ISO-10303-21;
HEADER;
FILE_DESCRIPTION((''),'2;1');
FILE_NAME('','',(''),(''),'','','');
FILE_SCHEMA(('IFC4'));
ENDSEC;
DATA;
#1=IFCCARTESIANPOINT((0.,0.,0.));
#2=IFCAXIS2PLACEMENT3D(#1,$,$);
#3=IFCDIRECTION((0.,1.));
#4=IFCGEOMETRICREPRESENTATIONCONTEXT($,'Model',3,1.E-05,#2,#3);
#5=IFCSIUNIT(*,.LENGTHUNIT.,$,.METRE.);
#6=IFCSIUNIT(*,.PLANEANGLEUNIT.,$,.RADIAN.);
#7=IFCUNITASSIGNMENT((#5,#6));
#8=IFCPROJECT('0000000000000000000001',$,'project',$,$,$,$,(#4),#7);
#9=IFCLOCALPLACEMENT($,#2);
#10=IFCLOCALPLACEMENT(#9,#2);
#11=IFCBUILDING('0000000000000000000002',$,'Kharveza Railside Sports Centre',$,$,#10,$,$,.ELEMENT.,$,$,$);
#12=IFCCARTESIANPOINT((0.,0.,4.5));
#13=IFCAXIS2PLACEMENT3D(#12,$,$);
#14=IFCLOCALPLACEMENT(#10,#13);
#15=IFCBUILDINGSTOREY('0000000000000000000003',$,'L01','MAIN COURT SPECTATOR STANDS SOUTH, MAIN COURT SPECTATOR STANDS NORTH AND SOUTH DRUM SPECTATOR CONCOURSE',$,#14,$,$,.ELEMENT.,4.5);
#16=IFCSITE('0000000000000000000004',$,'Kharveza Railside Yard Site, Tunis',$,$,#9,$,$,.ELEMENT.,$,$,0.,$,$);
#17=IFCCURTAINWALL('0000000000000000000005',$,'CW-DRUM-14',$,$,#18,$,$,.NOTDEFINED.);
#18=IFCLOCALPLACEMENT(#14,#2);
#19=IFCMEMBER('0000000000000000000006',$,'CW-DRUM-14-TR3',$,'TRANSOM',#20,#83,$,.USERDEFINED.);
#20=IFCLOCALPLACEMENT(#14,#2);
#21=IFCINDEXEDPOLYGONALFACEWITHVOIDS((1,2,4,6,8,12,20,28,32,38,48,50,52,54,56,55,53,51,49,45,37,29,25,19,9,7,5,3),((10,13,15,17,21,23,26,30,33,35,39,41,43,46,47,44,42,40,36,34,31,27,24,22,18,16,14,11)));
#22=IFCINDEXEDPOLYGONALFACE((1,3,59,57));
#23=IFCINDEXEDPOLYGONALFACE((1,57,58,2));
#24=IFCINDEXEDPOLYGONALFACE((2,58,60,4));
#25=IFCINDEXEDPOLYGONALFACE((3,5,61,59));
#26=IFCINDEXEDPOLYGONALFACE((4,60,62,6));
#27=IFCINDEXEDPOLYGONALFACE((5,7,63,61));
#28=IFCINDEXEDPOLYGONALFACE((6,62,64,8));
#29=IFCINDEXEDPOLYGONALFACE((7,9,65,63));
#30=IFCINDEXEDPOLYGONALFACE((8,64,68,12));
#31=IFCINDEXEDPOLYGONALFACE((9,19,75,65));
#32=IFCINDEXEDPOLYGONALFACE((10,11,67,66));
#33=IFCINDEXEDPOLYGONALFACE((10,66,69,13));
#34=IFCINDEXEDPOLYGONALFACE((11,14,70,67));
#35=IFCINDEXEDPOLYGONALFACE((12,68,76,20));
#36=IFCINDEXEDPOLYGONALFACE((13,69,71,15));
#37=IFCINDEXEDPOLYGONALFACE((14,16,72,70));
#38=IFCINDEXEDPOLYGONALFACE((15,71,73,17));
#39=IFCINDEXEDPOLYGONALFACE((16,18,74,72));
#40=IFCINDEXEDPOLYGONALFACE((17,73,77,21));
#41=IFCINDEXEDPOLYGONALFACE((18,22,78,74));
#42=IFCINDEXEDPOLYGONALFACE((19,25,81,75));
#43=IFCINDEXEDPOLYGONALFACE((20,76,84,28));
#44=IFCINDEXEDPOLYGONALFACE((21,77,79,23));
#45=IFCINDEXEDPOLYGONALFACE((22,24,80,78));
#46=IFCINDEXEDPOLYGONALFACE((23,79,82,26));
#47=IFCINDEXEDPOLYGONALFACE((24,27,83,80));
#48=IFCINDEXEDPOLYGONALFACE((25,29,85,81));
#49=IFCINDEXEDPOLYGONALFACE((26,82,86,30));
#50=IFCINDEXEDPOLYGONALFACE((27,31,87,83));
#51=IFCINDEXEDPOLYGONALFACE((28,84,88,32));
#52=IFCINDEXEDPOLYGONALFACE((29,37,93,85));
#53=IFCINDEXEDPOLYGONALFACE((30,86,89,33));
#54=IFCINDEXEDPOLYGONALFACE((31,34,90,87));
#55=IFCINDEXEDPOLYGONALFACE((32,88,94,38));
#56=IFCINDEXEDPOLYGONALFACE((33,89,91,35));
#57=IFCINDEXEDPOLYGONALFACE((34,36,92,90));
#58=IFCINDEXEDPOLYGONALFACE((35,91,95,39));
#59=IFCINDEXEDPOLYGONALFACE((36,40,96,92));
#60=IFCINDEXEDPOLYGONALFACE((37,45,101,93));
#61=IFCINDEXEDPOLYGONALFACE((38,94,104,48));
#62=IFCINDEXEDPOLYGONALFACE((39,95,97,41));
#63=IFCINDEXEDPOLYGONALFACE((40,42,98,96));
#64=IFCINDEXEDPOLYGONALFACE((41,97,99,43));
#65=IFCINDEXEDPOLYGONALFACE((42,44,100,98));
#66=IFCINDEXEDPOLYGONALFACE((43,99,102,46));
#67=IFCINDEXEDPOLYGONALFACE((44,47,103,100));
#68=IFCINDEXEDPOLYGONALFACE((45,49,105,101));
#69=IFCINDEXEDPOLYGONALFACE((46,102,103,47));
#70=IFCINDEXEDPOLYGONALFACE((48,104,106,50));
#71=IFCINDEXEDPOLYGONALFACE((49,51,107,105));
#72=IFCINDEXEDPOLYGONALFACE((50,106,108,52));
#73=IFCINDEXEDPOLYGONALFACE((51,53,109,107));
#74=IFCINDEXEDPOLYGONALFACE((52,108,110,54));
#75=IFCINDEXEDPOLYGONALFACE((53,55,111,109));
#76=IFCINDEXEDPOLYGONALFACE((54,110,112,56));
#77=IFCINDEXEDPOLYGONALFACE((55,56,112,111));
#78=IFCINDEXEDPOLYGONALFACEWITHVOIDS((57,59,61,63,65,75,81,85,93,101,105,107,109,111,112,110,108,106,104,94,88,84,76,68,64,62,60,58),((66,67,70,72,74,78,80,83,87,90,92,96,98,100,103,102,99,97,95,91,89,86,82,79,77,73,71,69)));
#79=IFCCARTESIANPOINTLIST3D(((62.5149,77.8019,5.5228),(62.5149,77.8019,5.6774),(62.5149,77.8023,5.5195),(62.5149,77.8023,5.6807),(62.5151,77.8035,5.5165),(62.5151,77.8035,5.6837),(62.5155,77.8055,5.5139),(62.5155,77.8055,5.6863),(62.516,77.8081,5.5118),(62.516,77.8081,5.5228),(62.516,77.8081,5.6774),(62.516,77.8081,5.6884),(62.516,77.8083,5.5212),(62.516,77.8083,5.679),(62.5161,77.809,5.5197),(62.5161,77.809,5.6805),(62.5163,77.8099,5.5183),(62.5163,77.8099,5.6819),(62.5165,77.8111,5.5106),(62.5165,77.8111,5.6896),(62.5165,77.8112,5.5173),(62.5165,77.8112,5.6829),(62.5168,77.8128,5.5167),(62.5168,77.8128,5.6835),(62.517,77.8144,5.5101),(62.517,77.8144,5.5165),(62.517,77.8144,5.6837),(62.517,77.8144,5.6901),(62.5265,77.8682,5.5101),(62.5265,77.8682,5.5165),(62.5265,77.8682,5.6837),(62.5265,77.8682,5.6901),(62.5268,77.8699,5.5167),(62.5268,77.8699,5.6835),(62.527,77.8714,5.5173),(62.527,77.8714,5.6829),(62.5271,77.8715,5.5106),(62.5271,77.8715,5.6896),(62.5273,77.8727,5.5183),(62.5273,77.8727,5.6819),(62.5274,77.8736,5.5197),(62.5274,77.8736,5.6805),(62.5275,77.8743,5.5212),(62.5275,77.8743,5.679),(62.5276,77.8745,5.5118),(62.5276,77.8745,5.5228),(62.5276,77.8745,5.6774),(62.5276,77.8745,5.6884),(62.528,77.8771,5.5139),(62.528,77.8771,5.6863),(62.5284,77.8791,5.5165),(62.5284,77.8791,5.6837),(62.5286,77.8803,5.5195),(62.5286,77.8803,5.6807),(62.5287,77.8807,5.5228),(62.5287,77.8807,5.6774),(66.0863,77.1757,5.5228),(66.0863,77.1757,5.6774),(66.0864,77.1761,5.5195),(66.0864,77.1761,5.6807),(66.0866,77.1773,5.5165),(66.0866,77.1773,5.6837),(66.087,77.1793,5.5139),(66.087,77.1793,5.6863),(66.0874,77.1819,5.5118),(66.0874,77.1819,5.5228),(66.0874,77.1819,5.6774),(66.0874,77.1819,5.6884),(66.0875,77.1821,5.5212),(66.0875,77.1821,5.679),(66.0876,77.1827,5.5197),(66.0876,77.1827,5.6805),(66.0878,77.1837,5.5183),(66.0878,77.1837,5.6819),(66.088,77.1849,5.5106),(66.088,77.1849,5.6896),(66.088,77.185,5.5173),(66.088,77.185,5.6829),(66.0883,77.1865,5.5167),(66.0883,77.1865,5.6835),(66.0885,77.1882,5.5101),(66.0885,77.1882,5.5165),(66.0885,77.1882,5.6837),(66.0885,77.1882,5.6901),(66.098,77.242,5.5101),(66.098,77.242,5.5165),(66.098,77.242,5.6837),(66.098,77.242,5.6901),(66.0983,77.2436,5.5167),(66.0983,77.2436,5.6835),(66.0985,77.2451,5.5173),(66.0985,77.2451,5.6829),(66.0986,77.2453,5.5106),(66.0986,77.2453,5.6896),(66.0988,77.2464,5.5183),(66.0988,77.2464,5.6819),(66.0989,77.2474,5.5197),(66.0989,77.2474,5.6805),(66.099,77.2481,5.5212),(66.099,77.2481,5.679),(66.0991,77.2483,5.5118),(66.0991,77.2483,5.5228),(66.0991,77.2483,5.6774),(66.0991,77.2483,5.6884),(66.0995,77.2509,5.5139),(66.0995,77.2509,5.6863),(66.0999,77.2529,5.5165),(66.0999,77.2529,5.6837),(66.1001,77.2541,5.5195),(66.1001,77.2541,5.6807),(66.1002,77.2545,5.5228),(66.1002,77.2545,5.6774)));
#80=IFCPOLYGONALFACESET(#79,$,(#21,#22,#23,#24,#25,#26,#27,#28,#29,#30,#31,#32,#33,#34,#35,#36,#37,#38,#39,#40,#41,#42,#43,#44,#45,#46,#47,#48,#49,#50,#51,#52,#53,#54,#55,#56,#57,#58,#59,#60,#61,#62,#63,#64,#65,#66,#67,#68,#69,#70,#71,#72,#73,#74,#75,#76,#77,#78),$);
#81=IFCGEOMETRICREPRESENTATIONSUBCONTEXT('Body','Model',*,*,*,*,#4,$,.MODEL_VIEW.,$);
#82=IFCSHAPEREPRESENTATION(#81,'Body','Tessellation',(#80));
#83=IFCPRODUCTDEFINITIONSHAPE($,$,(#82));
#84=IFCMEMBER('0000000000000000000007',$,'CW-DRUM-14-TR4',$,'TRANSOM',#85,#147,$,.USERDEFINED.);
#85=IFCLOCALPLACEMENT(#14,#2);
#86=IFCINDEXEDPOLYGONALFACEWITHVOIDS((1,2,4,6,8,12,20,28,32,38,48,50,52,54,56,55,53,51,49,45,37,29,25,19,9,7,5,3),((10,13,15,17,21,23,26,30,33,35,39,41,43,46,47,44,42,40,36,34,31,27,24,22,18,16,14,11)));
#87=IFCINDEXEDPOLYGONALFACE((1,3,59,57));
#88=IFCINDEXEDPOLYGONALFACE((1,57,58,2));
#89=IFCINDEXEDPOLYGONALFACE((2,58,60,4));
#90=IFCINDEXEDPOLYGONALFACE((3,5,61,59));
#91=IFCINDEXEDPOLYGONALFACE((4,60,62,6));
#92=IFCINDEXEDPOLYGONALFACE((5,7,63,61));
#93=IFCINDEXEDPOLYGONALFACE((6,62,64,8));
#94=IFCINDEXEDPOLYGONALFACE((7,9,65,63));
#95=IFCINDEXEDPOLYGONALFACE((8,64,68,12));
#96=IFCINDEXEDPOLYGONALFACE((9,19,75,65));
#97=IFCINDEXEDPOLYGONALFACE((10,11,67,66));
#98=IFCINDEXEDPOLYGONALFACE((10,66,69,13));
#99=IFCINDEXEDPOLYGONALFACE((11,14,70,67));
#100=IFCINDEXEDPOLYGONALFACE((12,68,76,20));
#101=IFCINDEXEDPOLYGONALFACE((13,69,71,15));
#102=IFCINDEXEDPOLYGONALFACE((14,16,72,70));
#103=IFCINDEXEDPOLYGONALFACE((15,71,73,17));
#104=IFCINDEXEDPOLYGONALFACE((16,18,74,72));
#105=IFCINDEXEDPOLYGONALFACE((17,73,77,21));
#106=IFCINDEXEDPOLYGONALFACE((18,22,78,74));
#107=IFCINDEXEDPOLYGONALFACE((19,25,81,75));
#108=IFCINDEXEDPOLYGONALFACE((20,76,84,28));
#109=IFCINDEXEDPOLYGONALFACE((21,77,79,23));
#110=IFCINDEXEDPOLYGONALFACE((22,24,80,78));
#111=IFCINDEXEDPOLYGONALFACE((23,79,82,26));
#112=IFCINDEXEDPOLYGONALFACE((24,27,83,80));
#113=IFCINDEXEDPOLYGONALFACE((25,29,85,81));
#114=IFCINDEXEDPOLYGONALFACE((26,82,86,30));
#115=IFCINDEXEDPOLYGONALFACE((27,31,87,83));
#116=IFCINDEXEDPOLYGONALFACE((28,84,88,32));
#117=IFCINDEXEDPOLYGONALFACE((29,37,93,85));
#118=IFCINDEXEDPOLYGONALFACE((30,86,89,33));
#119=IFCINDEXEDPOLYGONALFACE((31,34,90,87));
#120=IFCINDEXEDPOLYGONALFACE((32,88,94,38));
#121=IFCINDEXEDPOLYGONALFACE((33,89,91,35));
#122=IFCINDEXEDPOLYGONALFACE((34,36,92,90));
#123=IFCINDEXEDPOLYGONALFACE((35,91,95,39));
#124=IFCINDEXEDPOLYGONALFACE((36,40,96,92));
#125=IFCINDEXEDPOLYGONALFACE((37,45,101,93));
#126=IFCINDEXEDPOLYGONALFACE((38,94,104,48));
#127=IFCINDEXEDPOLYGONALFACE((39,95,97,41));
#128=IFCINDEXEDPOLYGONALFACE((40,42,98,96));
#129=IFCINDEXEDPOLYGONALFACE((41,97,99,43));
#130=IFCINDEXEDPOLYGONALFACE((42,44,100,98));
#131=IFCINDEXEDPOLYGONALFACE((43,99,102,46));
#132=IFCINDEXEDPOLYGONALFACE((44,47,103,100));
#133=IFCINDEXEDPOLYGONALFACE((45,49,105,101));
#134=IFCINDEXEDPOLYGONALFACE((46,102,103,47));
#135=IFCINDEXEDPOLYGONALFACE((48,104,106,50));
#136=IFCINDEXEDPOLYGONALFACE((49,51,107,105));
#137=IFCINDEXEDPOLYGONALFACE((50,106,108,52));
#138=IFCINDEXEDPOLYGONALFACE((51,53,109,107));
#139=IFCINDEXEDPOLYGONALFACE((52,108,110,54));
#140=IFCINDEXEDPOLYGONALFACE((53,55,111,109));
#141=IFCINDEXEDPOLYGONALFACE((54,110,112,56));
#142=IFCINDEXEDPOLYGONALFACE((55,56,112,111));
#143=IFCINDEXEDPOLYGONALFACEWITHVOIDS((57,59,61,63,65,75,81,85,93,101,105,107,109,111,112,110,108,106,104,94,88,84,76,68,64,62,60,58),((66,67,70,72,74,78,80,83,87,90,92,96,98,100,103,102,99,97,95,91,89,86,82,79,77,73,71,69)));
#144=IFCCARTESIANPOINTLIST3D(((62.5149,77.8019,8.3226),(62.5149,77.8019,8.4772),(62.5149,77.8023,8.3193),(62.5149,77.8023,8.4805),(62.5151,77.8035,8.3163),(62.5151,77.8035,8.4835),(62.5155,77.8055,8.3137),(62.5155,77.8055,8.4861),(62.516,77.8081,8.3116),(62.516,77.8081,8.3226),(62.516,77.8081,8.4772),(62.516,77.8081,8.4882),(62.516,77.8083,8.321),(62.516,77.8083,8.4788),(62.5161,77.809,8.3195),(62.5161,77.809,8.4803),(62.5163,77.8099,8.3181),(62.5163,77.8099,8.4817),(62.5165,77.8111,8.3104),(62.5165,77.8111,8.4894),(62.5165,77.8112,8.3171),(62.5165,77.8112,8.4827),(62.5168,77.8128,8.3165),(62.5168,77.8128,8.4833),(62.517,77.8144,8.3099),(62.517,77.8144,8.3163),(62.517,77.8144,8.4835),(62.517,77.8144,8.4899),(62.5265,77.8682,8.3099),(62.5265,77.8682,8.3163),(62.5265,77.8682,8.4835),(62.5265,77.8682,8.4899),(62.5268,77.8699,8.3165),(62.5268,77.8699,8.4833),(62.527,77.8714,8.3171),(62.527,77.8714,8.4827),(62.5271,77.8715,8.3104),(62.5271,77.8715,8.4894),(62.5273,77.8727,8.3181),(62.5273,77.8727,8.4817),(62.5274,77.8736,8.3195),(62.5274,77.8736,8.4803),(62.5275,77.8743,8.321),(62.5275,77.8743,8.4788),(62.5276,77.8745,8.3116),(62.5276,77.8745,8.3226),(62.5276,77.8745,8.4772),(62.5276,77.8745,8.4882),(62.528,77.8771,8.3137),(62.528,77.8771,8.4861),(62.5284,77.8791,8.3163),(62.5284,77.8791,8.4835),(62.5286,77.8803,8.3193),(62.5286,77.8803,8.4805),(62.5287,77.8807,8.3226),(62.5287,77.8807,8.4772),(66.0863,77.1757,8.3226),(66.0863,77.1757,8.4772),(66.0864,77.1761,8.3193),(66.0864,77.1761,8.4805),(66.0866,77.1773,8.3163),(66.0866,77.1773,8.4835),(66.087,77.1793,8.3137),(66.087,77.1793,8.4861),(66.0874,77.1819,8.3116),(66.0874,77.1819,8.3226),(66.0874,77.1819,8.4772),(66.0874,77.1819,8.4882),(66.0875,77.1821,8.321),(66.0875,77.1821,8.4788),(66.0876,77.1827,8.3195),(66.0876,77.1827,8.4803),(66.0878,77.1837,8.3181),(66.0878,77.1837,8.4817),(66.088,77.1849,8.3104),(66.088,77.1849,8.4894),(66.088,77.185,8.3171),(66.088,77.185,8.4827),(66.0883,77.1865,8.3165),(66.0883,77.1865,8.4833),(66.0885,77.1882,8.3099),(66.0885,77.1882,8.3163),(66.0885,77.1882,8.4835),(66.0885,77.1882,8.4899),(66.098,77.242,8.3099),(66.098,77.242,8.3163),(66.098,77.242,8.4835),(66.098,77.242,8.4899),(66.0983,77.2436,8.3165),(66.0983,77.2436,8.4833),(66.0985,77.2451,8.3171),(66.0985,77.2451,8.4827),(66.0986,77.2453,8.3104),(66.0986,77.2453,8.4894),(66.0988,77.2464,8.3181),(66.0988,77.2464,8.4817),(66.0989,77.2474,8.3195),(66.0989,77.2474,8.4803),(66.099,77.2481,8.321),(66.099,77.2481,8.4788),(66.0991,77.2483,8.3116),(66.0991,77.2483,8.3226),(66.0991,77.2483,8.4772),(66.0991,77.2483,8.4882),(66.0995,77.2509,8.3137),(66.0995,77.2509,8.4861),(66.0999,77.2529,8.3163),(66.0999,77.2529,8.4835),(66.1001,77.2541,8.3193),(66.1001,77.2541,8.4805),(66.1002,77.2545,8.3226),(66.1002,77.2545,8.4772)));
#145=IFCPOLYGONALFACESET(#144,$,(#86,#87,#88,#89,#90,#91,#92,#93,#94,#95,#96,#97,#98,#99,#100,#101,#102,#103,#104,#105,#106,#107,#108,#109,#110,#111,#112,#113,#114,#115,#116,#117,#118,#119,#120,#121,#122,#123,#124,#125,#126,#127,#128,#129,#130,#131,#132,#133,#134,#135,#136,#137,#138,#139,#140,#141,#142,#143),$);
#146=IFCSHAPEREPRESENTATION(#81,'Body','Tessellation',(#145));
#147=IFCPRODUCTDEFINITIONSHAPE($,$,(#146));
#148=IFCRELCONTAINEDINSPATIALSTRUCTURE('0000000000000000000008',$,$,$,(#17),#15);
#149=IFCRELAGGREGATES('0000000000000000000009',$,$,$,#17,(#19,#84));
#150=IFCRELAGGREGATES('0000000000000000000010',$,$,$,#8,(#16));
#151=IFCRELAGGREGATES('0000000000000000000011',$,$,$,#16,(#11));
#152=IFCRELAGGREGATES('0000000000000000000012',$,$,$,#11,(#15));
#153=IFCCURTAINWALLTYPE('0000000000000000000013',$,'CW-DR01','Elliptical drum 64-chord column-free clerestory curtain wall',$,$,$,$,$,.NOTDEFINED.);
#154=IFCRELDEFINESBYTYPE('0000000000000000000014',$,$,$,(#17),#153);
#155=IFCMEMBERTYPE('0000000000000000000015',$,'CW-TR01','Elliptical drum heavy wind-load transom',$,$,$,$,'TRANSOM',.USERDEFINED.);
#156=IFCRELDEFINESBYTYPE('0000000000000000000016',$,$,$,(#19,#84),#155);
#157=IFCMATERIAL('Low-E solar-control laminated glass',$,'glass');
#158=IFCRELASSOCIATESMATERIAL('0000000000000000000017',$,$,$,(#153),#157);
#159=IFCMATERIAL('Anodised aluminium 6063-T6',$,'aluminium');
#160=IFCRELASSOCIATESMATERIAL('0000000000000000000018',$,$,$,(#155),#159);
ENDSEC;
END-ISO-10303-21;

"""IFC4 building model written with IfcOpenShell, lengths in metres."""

from ifc_helpers import new_model, si_unit, direction, frame, origin, origin_2d, place, context, subcontext, project, spatial, hollow_rectangle, extrude, material, material_profile, profile_set, type_object, element, aggregate, save


model = new_model("IFC4")

# Units and contexts
model_context = context("Model", 3, precision=1e-05, world=origin(), true_north=direction((0.0, 1.0)))
body_context = subcontext(model_context, "Body", "Model", "MODEL_VIEW")
ifc_project = project(units=[si_unit("LENGTHUNIT", "METRE"), si_unit("PLANEANGLEUNIT", "RADIAN")], contexts=[model_context])

# Site, building, storey
site_placement = place(None, origin())
site = spatial("IfcSite", under=ifc_project, at=site_placement, Name="Kharveza Railside Yard Site, Tunis", CompositionType="ELEMENT", RefElevation=0.0)
building_placement = place(site_placement, origin())
building = spatial("IfcBuilding", under=site, at=building_placement, Name="Kharveza Railside Sports Centre", CompositionType="ELEMENT")
storey_placement = place(building_placement, frame((0.0, 0.0, 4.5)))
storey = spatial("IfcBuildingStorey", under=building, at=storey_placement, Name="L01", Description="MAIN COURT SPECTATOR STANDS SOUTH, MAIN COURT SPECTATOR STANDS NORTH AND SOUTH DRUM SPECTATOR CONCOURSE", CompositionType="ELEMENT", Elevation=4.5)

# Curtain wall
ifc_material_1 = material(Name="Low-E solar-control laminated glass", Category="glass")
curtain_wall_type = type_object("IfcCurtainWallType", Name="CW-DR01", Description="Elliptical drum 64-chord column-free clerestory curtain wall", PredefinedType="NOTDEFINED", material=ifc_material_1)
ifc_material_2 = material(Name="Anodised aluminium 6063-T6", Category="aluminium")
curtain_wall_1_placement = place(storey_placement, origin())
curtain_wall_1 = element("IfcCurtainWall", 1, at=curtain_wall_1_placement, inside=storey, type_object=curtain_wall_type, Name="CW-DRUM-14", PredefinedType="NOTDEFINED")

# Members
ifc_material_profile_1 = material_profile(ifc_material_2, hollow_rectangle(XDim=0.0801, YDim=0.1799, WallThickness=0.0063, InnerFilletRadius=0.0063, OuterFilletRadius=0.0127, at=origin_2d()), Name="RHS 80x180x6.3")
ifc_profile_set_1 = profile_set([ifc_material_profile_1], Name="Anodised aluminium 6063-T6")
member_type_1 = type_object("IfcMemberType", Name="CW-TR01", Description="Elliptical drum heavy wind-load transom", ElementType="TRANSOM", PredefinedType="USERDEFINED", material=ifc_profile_set_1)
member_1_placement = place(storey_placement, frame((66.0933, 77.2151, 5.6001), z_axis=(-0.984974, 0.172702, 0.0), x_axis=(-0.172702, -0.984974, 0.0)))
member_1 = element("IfcMember", 2, at=member_1_placement, type_object=member_type_1, Name="CW-DRUM-14-TR3", ObjectType="TRANSOM", PredefinedType="USERDEFINED", context=body_context, shape_type="SweptSolid", body=[
    extrude(hollow_rectangle(XDim=0.0801, YDim=0.1799, WallThickness=0.0063, InnerFilletRadius=0.0063, OuterFilletRadius=0.0127, at=origin_2d()), origin(), (0.0, 0.0, 1.0), 3.626),
])
member_2_placement = place(storey_placement, frame((66.0933, 77.2151, 8.3999), z_axis=(-0.984974, 0.172702, 0.0), x_axis=(-0.172702, -0.984974, 0.0)))
member_2 = element("IfcMember", 3, at=member_2_placement, type_object=member_type_1, Name="CW-DRUM-14-TR4", ObjectType="TRANSOM", PredefinedType="USERDEFINED", context=body_context, shape_type="SweptSolid", body=[
    extrude(hollow_rectangle(XDim=0.0801, YDim=0.1799, WallThickness=0.0063, InnerFilletRadius=0.0063, OuterFilletRadius=0.0127, at=origin_2d()), origin(), (0.0, 0.0, 1.0), 3.626),
])

aggregate(curtain_wall_1, [member_1, member_2])

save(model, "model.ifc")
